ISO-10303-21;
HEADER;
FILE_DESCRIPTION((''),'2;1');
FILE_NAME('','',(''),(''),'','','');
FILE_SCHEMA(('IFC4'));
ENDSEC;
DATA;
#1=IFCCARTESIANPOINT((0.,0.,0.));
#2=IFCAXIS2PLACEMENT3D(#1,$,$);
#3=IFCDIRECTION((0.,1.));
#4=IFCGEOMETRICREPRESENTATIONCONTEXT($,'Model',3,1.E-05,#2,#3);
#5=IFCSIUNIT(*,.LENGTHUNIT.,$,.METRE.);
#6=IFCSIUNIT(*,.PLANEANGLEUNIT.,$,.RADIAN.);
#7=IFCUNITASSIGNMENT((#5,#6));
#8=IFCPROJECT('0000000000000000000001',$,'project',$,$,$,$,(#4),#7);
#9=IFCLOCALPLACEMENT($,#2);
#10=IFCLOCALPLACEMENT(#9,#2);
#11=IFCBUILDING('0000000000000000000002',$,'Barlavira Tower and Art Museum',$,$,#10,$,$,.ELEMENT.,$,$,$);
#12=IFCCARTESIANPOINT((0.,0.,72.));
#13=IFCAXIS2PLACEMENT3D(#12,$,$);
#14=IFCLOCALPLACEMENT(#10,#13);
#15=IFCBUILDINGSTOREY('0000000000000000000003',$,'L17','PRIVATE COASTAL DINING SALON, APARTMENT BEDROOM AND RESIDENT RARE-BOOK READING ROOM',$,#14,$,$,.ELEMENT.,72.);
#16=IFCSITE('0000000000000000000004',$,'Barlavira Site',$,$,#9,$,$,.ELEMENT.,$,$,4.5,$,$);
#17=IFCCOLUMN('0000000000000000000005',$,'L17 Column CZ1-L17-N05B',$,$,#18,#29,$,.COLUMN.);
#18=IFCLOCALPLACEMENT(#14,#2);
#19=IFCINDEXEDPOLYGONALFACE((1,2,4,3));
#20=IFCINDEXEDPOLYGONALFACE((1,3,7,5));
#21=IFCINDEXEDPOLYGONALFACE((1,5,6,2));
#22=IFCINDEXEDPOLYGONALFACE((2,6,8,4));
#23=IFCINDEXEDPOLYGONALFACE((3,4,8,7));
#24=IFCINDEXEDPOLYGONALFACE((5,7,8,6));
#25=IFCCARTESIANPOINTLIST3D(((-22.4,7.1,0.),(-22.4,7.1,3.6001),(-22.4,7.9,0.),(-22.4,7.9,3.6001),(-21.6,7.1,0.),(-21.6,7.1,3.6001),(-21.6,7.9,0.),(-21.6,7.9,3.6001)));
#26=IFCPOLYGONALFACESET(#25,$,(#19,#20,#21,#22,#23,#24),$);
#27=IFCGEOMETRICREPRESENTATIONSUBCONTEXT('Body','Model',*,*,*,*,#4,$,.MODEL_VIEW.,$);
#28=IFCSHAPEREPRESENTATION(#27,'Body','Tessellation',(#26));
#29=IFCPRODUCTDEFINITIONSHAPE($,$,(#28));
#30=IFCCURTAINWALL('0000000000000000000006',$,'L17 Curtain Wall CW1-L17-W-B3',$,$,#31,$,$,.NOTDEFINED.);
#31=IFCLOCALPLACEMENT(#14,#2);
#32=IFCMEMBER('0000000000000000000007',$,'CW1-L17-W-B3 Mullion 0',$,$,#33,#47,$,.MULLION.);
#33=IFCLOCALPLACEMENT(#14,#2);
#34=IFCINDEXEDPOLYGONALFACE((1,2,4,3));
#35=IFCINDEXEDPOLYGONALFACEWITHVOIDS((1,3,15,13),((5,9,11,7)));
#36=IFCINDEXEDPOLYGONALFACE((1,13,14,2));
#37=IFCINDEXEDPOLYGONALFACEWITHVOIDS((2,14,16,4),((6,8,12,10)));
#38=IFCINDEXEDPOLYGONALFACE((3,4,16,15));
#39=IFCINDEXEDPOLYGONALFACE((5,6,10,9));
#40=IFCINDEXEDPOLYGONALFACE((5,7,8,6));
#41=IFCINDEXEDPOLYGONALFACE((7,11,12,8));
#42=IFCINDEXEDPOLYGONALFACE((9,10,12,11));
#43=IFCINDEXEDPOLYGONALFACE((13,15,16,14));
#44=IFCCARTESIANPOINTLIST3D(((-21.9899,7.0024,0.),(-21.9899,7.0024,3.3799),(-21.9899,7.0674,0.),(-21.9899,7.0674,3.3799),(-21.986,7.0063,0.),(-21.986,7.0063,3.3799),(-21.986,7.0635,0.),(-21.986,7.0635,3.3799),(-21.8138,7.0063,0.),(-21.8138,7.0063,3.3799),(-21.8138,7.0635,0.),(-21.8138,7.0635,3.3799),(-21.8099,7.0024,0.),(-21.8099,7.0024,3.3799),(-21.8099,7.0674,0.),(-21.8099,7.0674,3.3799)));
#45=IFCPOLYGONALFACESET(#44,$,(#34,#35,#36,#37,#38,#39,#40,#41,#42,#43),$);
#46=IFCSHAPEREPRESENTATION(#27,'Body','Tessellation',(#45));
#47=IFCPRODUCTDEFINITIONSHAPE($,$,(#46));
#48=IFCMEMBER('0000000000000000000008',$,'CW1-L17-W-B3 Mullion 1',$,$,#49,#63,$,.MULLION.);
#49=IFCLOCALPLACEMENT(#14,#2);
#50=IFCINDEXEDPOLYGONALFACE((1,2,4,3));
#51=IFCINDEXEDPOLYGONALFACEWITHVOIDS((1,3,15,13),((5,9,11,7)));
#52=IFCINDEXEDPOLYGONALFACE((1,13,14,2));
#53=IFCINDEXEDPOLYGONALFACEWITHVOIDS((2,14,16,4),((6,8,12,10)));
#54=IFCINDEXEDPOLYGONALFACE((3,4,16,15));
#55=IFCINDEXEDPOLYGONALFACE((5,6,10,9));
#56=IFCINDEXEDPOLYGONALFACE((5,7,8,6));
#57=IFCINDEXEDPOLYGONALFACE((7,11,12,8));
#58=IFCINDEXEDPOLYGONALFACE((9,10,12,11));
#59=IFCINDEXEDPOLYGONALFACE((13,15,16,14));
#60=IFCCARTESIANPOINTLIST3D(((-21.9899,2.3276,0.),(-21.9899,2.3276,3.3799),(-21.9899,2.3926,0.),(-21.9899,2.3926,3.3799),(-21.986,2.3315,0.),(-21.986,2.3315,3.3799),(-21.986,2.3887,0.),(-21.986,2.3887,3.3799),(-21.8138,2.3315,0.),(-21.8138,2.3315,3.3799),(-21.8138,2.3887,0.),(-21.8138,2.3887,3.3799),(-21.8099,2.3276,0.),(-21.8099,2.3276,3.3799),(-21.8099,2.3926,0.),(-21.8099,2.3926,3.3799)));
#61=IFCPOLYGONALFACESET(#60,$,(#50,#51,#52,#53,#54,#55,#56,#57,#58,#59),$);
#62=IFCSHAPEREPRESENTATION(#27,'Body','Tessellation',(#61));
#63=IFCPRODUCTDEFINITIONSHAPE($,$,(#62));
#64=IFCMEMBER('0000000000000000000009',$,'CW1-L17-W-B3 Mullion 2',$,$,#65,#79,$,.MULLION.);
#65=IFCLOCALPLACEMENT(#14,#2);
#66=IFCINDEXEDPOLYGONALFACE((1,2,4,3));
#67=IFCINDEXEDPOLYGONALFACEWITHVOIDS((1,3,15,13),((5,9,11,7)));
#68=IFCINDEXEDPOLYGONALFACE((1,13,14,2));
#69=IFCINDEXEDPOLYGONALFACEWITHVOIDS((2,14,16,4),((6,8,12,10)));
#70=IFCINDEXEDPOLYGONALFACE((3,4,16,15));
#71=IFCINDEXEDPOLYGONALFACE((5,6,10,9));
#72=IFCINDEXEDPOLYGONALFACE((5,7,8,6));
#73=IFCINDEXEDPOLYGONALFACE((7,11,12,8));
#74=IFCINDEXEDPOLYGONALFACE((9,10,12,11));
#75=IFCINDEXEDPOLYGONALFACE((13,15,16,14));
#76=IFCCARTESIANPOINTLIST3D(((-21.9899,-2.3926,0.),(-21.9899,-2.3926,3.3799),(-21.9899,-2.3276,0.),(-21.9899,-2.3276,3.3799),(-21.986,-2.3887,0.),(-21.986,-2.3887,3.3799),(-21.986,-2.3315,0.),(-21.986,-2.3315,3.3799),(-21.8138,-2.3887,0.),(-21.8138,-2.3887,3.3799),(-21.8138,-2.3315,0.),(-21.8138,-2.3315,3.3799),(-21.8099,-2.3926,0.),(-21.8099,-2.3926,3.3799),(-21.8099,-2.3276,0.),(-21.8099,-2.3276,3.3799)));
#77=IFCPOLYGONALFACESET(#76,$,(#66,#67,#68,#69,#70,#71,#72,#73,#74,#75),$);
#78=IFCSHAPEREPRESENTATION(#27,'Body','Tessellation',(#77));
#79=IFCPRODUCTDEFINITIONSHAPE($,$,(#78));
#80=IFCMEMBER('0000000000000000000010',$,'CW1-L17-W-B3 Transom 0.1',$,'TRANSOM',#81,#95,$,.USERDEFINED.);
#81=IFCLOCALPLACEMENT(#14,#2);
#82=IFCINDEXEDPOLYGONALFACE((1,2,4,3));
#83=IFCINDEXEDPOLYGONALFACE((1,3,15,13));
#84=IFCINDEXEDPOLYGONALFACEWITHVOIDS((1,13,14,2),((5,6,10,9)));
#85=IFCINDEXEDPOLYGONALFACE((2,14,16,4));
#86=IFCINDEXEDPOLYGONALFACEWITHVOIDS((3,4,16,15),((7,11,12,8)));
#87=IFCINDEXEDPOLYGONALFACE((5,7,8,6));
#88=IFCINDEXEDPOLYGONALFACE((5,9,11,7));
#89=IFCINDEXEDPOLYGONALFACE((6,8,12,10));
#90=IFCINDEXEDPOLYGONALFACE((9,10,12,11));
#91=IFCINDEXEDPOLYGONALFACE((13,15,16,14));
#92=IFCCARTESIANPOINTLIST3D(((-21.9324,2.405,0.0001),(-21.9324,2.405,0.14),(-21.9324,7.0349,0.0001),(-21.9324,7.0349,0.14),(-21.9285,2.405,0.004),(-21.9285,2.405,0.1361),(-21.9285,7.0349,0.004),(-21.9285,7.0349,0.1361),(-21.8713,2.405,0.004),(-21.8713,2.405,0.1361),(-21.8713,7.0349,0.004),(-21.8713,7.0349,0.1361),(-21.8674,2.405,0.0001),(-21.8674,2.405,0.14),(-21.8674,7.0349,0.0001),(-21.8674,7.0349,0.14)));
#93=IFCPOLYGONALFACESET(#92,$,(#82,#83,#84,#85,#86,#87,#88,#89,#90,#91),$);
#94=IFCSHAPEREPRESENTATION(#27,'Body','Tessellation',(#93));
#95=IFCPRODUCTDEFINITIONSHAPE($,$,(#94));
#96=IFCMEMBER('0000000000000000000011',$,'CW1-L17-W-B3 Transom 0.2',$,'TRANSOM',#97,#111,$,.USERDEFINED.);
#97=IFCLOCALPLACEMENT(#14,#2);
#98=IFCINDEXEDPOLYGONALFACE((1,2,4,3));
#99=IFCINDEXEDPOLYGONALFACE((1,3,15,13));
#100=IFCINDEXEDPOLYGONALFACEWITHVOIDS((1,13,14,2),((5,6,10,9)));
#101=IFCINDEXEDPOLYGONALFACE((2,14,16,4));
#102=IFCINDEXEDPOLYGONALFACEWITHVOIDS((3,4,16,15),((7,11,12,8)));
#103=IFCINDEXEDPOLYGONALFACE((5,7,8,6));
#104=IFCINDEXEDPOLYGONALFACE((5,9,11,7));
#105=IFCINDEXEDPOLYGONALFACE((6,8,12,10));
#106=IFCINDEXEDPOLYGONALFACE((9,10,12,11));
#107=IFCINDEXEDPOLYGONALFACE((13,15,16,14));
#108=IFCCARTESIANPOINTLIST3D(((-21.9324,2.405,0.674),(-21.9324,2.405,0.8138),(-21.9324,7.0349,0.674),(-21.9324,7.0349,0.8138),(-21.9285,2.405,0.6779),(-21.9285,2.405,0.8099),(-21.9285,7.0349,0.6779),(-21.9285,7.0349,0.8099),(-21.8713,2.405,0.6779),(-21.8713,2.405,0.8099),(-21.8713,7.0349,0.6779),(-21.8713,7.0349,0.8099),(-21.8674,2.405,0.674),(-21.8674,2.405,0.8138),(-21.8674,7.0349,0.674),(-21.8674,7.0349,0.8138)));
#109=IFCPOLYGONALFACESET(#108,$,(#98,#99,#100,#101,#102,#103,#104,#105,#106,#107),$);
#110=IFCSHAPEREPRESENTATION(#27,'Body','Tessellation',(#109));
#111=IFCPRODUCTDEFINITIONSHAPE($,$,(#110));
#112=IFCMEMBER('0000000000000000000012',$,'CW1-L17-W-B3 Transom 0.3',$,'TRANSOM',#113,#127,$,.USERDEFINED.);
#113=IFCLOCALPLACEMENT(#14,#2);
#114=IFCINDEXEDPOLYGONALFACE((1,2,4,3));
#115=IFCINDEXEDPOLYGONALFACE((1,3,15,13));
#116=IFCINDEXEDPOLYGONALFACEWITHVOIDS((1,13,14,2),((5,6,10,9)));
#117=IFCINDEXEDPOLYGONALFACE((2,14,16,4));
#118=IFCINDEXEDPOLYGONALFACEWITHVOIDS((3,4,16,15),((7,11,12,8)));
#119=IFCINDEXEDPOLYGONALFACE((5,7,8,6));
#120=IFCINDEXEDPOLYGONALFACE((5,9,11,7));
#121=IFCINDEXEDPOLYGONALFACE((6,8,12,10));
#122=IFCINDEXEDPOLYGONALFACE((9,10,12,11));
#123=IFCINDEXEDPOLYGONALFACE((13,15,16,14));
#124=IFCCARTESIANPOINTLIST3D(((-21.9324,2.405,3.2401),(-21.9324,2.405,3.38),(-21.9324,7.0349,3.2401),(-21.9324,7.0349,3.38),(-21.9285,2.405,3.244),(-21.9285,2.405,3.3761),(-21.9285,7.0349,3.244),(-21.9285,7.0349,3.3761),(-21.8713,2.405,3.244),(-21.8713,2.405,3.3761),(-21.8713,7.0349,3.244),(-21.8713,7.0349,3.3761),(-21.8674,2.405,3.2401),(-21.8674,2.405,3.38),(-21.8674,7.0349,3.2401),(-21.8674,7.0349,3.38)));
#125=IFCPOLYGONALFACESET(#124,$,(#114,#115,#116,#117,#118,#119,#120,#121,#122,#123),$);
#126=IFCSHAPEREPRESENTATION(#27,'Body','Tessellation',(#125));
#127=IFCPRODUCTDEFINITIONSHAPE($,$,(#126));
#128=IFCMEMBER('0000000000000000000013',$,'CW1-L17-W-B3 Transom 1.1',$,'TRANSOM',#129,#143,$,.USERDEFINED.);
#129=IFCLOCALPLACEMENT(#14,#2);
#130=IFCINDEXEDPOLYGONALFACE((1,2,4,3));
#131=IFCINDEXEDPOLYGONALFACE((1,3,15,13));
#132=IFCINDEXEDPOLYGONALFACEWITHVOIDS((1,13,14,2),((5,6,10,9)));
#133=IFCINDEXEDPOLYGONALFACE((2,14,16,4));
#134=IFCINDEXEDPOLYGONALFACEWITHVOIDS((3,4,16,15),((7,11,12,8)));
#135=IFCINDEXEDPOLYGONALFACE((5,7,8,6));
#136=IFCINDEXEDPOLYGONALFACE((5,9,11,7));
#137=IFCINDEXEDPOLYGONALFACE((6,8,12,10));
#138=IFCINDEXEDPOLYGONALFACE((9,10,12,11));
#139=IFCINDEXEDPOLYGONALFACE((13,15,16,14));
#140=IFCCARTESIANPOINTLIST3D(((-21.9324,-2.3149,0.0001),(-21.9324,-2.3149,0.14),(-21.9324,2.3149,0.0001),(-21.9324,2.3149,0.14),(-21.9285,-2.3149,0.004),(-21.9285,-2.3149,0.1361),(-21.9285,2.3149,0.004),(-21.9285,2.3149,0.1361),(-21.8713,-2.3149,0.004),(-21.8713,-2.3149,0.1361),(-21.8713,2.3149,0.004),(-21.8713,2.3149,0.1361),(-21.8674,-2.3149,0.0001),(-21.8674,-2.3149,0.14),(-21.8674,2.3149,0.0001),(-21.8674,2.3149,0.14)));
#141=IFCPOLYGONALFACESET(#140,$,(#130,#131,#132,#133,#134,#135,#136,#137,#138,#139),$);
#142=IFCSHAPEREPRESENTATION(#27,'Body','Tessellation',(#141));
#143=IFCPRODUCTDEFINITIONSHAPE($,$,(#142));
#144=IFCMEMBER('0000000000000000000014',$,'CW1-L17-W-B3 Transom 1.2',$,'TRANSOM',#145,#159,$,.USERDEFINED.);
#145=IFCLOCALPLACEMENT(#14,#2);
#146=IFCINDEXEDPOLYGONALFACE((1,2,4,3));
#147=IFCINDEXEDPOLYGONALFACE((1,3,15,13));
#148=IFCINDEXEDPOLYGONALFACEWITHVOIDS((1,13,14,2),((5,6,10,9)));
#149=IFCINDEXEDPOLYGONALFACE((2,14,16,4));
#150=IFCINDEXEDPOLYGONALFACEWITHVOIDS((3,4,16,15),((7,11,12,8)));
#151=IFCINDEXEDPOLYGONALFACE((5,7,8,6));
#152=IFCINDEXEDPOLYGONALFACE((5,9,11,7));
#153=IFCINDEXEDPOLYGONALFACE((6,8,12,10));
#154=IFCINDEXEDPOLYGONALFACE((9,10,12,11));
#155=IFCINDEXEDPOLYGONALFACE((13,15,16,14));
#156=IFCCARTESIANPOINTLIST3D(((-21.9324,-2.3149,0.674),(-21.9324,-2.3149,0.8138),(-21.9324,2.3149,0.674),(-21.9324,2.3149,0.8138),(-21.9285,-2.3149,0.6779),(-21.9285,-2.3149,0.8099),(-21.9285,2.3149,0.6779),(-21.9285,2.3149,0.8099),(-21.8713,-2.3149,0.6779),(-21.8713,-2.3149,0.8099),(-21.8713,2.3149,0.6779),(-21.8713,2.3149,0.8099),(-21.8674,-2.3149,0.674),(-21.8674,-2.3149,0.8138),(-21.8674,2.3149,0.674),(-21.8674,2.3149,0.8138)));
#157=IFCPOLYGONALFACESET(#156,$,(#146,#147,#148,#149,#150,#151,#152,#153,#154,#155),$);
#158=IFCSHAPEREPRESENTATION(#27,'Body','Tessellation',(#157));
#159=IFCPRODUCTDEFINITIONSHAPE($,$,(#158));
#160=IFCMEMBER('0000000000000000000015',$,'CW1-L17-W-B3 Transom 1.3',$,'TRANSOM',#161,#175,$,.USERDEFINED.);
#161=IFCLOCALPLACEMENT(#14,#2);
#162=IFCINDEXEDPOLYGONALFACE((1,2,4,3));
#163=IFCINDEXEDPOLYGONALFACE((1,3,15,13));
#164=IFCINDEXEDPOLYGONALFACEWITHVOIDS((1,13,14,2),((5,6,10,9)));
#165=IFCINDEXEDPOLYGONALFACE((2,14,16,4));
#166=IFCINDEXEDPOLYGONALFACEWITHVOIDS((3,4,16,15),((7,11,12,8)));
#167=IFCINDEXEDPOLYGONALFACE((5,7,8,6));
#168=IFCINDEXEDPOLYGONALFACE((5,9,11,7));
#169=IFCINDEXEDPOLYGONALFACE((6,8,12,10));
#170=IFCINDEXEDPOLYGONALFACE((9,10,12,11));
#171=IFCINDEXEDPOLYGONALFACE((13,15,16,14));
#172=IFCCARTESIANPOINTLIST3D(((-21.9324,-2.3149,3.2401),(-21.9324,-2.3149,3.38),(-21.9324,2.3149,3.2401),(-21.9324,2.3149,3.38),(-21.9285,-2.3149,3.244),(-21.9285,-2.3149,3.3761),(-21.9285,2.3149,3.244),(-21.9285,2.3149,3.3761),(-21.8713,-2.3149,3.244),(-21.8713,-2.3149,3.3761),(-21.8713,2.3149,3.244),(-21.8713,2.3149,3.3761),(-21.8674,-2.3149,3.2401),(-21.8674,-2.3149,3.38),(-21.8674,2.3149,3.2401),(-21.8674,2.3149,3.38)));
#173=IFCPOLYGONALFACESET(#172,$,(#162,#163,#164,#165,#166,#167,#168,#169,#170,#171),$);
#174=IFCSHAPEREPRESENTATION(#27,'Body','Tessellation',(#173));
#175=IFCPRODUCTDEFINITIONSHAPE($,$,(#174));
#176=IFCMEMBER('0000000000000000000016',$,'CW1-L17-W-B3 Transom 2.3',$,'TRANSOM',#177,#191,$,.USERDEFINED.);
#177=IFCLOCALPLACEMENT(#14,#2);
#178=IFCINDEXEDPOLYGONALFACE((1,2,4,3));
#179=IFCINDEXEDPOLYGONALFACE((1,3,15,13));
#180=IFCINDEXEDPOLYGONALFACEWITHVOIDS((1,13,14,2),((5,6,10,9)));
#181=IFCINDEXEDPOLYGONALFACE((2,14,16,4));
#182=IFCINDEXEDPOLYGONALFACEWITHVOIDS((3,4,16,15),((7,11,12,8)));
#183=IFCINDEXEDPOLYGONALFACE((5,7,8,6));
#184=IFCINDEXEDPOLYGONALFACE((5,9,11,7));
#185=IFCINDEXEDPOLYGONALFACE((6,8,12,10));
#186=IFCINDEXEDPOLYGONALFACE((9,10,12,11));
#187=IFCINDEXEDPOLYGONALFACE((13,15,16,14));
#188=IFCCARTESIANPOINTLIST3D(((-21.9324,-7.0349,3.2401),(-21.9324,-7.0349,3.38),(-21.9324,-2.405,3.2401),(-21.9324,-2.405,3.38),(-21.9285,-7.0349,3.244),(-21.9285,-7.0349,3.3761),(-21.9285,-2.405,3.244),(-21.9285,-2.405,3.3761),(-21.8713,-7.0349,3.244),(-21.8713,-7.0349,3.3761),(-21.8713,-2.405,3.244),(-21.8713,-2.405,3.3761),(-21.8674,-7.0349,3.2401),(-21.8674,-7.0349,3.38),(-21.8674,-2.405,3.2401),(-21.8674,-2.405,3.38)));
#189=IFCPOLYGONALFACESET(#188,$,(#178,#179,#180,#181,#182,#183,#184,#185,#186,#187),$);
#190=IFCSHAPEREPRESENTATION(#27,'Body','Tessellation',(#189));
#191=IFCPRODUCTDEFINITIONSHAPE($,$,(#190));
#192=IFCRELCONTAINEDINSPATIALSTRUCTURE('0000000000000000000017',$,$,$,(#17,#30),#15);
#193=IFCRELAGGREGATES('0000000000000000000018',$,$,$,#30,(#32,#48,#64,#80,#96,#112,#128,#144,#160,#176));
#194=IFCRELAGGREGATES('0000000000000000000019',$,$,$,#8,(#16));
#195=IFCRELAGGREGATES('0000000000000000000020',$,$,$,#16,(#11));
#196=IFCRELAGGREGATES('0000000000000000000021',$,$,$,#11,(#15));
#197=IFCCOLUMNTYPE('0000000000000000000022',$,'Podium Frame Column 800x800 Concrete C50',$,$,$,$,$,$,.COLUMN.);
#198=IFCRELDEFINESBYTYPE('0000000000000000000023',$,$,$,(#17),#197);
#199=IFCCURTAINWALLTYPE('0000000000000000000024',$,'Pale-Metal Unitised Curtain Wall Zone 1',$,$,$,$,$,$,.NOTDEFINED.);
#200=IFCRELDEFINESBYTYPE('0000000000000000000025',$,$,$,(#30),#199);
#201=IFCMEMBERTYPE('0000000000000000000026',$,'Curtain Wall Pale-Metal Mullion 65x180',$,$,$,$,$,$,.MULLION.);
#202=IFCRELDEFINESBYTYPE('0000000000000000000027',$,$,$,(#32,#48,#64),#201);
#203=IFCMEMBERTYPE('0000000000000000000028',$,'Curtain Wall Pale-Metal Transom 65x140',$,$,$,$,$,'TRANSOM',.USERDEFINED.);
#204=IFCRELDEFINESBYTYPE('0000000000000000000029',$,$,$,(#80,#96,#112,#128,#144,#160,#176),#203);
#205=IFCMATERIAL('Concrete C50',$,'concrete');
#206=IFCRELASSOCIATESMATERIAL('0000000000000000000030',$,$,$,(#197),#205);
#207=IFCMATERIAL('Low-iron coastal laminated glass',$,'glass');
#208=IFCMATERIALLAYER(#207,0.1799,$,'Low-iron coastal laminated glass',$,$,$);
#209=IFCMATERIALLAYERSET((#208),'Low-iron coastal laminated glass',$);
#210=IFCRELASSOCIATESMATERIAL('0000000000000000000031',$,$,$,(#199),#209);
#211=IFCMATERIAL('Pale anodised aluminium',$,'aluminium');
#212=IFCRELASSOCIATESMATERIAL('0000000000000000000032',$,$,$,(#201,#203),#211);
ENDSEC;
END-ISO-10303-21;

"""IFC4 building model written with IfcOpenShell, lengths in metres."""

from ifc_helpers import new_model, si_unit, direction, frame, origin, origin_2d, place, context, subcontext, project, spatial, rectangle, hollow_rectangle, extrude, material, layer, layer_set, material_profile, profile_set, type_object, element, aggregate, save


model = new_model("IFC4")

# Units and contexts
model_context = context("Model", 3, precision=1e-05, world=origin(), true_north=direction((0.0, 1.0)))
body_context = subcontext(model_context, "Body", "Model", "MODEL_VIEW")
ifc_project = project(units=[si_unit("LENGTHUNIT", "METRE"), si_unit("PLANEANGLEUNIT", "RADIAN")], contexts=[model_context])

# Site, building, storey
site_placement = place(None, origin())
site = spatial("IfcSite", under=ifc_project, at=site_placement, Name="Barlavira Site", CompositionType="ELEMENT", RefElevation=4.5)
building_placement = place(site_placement, origin())
building = spatial("IfcBuilding", under=site, at=building_placement, Name="Barlavira Tower and Art Museum", CompositionType="ELEMENT")
storey_placement = place(building_placement, frame((0.0, 0.0, 72.0)))
storey = spatial("IfcBuildingStorey", under=building, at=storey_placement, Name="L17", Description="PRIVATE COASTAL DINING SALON, APARTMENT BEDROOM AND RESIDENT RARE-BOOK READING ROOM", CompositionType="ELEMENT", Elevation=72.0)

# Column
ifc_material_1 = material(Name="Concrete C50", Category="concrete")
ifc_material_profile_1 = material_profile(ifc_material_1, rectangle(XDim=0.8, YDim=0.8, at=origin_2d()), Name="RC-COL 800x800")
ifc_profile_set_1 = profile_set([ifc_material_profile_1], Name="Concrete C50")
column_type = type_object("IfcColumnType", Name="Podium Frame Column 800x800 Concrete C50", PredefinedType="COLUMN", material=ifc_profile_set_1)
column_placement = place(storey_placement, frame((-22.0, 7.5, 0.0), z_axis=(0.0, 0.0, 1.0), x_axis=(1.0, 0.0, 0.0)))
element("IfcColumn", 1, at=column_placement, inside=storey, type_object=column_type, Name="L17 Column CZ1-L17-N05B", PredefinedType="COLUMN", context=body_context, shape_type="SweptSolid", body=[
    extrude(rectangle(XDim=0.8, YDim=0.8, at=origin_2d()), origin(), (0.0, 0.0, 1.0), 3.6001),
])

# Curtain wall, members
ifc_material_2 = material(Name="Low-iron coastal laminated glass", Category="glass")
ifc_layer_1 = layer(ifc_material_2, 0.1799, Name="Low-iron coastal laminated glass")
ifc_layer_set_1 = layer_set([ifc_layer_1], Name="Low-iron coastal laminated glass")
curtain_wall_type = type_object("IfcCurtainWallType", Name="Pale-Metal Unitised Curtain Wall Zone 1", PredefinedType="NOTDEFINED", material=ifc_layer_set_1)
curtain_wall_placement = place(storey_placement, origin())
curtain_wall = element("IfcCurtainWall", 2, at=curtain_wall_placement, inside=storey, type_object=curtain_wall_type, Name="L17 Curtain Wall CW1-L17-W-B3", PredefinedType="NOTDEFINED")
ifc_material_3 = material(Name="Pale anodised aluminium", Category="aluminium")
ifc_material_profile_2 = material_profile(ifc_material_3, hollow_rectangle(XDim=0.0649, YDim=0.1799, WallThickness=0.0039, at=origin_2d()), Name="ALU-MULL 65x180x4")
ifc_profile_set_2 = profile_set([ifc_material_profile_2], Name="Pale anodised aluminium")
member_type_1 = type_object("IfcMemberType", Name="Curtain Wall Pale-Metal Mullion 65x180", PredefinedType="MULLION", material=ifc_profile_set_2)
member_1_placement = place(storey_placement, frame((-21.8999, 7.0349, 0.0), z_axis=(0.0, 0.0, 1.0), x_axis=(0.0, -1.0, 0.0)))
member_1 = element("IfcMember", 3, at=member_1_placement, type_object=member_type_1, Name="CW1-L17-W-B3 Mullion 0", PredefinedType="MULLION", context=body_context, shape_type="SweptSolid", body=[
    extrude(hollow_rectangle(XDim=0.0649, YDim=0.1799, WallThickness=0.0039, at=origin_2d()), origin(), (0.0, 0.0, 1.0), 3.3799),
])
member_2_placement = place(storey_placement, frame((-21.8999, 2.3601, 0.0), z_axis=(0.0, 0.0, 1.0), x_axis=(0.0, -1.0, 0.0)))
member_2 = element("IfcMember", 4, at=member_2_placement, type_object=member_type_1, Name="CW1-L17-W-B3 Mullion 1", PredefinedType="MULLION", context=body_context, shape_type="SweptSolid", body=[
    extrude(hollow_rectangle(XDim=0.0649, YDim=0.1799, WallThickness=0.0039, at=origin_2d()), origin(), (0.0, 0.0, 1.0), 3.3799),
])
member_3_placement = place(storey_placement, frame((-21.8999, -2.3601, 0.0), z_axis=(0.0, 0.0, 1.0), x_axis=(0.0, -1.0, 0.0)))
member_3 = element("IfcMember", 5, at=member_3_placement, type_object=member_type_1, Name="CW1-L17-W-B3 Mullion 2", PredefinedType="MULLION", context=body_context, shape_type="SweptSolid", body=[
    extrude(hollow_rectangle(XDim=0.0649, YDim=0.1799, WallThickness=0.0039, at=origin_2d()), origin(), (0.0, 0.0, 1.0), 3.3799),
])
ifc_material_profile_3 = material_profile(ifc_material_3, hollow_rectangle(XDim=0.0649, YDim=0.1399, WallThickness=0.0039, at=origin_2d()), Name="ALU-TRAN 65x140x4")
ifc_profile_set_3 = profile_set([ifc_material_profile_3], Name="Pale anodised aluminium")
member_type_2 = type_object("IfcMemberType", Name="Curtain Wall Pale-Metal Transom 65x140", ElementType="TRANSOM", PredefinedType="USERDEFINED", material=ifc_profile_set_3)
member_4_placement = place(storey_placement, frame((-21.8999, 7.0349, 0.0701), z_axis=(0.0, -1.0, 0.0), x_axis=(1.0, 0.0, 0.0)))
member_4 = element("IfcMember", 6, at=member_4_placement, type_object=member_type_2, Name="CW1-L17-W-B3 Transom 0.1", ObjectType="TRANSOM", PredefinedType="USERDEFINED", context=body_context, shape_type="SweptSolid", body=[
    extrude(hollow_rectangle(XDim=0.0649, YDim=0.1399, WallThickness=0.0039, at=origin_2d()), origin(), (0.0, 0.0, 1.0), 4.6299),
])
member_5_placement = place(storey_placement, frame((-21.8999, 7.0349, 0.7439), z_axis=(0.0, -1.0, 0.0), x_axis=(1.0, 0.0, 0.0)))
member_5 = element("IfcMember", 7, at=member_5_placement, type_object=member_type_2, Name="CW1-L17-W-B3 Transom 0.2", ObjectType="TRANSOM", PredefinedType="USERDEFINED", context=body_context, shape_type="SweptSolid", body=[
    extrude(hollow_rectangle(XDim=0.0649, YDim=0.1399, WallThickness=0.0039, at=origin_2d()), origin(), (0.0, 0.0, 1.0), 4.6299),
])
member_6_placement = place(storey_placement, frame((-21.8999, 7.0349, 3.3101), z_axis=(0.0, -1.0, 0.0), x_axis=(1.0, 0.0, 0.0)))
member_6 = element("IfcMember", 8, at=member_6_placement, type_object=member_type_2, Name="CW1-L17-W-B3 Transom 0.3", ObjectType="TRANSOM", PredefinedType="USERDEFINED", context=body_context, shape_type="SweptSolid", body=[
    extrude(hollow_rectangle(XDim=0.0649, YDim=0.1399, WallThickness=0.0039, at=origin_2d()), origin(), (0.0, 0.0, 1.0), 4.6299),
])
member_7_placement = place(storey_placement, frame((-21.8999, 2.3149, 0.0701), z_axis=(0.0, -1.0, 0.0), x_axis=(1.0, 0.0, 0.0)))
member_7 = element("IfcMember", 9, at=member_7_placement, type_object=member_type_2, Name="CW1-L17-W-B3 Transom 1.1", ObjectType="TRANSOM", PredefinedType="USERDEFINED", context=body_context, shape_type="SweptSolid", body=[
    extrude(hollow_rectangle(XDim=0.0649, YDim=0.1399, WallThickness=0.0039, at=origin_2d()), origin(), (0.0, 0.0, 1.0), 4.6299),
])
member_8_placement = place(storey_placement, frame((-21.8999, 2.3149, 0.7439), z_axis=(0.0, -1.0, 0.0), x_axis=(1.0, 0.0, 0.0)))
member_8 = element("IfcMember", 10, at=member_8_placement, type_object=member_type_2, Name="CW1-L17-W-B3 Transom 1.2", ObjectType="TRANSOM", PredefinedType="USERDEFINED", context=body_context, shape_type="SweptSolid", body=[
    extrude(hollow_rectangle(XDim=0.0649, YDim=0.1399, WallThickness=0.0039, at=origin_2d()), origin(), (0.0, 0.0, 1.0), 4.6299),
])
member_9_placement = place(storey_placement, frame((-21.8999, 2.3149, 3.3101), z_axis=(0.0, -1.0, 0.0), x_axis=(1.0, 0.0, 0.0)))
member_9 = element("IfcMember", 11, at=member_9_placement, type_object=member_type_2, Name="CW1-L17-W-B3 Transom 1.3", ObjectType="TRANSOM", PredefinedType="USERDEFINED", context=body_context, shape_type="SweptSolid", body=[
    extrude(hollow_rectangle(XDim=0.0649, YDim=0.1399, WallThickness=0.0039, at=origin_2d()), origin(), (0.0, 0.0, 1.0), 4.6299),
])
member_10_placement = place(storey_placement, frame((-21.8999, -2.405, 3.3101), z_axis=(0.0, -1.0, 0.0), x_axis=(1.0, 0.0, 0.0)))
member_10 = element("IfcMember", 12, at=member_10_placement, type_object=member_type_2, Name="CW1-L17-W-B3 Transom 2.3", ObjectType="TRANSOM", PredefinedType="USERDEFINED", context=body_context, shape_type="SweptSolid", body=[
    extrude(hollow_rectangle(XDim=0.0649, YDim=0.1399, WallThickness=0.0039, at=origin_2d()), origin(), (0.0, 0.0, 1.0), 4.6299),
])

aggregate(curtain_wall, [member_1, member_2, member_3, member_4, member_5, member_6, member_7, member_8, member_9, member_10])

save(model, "model.ifc")
